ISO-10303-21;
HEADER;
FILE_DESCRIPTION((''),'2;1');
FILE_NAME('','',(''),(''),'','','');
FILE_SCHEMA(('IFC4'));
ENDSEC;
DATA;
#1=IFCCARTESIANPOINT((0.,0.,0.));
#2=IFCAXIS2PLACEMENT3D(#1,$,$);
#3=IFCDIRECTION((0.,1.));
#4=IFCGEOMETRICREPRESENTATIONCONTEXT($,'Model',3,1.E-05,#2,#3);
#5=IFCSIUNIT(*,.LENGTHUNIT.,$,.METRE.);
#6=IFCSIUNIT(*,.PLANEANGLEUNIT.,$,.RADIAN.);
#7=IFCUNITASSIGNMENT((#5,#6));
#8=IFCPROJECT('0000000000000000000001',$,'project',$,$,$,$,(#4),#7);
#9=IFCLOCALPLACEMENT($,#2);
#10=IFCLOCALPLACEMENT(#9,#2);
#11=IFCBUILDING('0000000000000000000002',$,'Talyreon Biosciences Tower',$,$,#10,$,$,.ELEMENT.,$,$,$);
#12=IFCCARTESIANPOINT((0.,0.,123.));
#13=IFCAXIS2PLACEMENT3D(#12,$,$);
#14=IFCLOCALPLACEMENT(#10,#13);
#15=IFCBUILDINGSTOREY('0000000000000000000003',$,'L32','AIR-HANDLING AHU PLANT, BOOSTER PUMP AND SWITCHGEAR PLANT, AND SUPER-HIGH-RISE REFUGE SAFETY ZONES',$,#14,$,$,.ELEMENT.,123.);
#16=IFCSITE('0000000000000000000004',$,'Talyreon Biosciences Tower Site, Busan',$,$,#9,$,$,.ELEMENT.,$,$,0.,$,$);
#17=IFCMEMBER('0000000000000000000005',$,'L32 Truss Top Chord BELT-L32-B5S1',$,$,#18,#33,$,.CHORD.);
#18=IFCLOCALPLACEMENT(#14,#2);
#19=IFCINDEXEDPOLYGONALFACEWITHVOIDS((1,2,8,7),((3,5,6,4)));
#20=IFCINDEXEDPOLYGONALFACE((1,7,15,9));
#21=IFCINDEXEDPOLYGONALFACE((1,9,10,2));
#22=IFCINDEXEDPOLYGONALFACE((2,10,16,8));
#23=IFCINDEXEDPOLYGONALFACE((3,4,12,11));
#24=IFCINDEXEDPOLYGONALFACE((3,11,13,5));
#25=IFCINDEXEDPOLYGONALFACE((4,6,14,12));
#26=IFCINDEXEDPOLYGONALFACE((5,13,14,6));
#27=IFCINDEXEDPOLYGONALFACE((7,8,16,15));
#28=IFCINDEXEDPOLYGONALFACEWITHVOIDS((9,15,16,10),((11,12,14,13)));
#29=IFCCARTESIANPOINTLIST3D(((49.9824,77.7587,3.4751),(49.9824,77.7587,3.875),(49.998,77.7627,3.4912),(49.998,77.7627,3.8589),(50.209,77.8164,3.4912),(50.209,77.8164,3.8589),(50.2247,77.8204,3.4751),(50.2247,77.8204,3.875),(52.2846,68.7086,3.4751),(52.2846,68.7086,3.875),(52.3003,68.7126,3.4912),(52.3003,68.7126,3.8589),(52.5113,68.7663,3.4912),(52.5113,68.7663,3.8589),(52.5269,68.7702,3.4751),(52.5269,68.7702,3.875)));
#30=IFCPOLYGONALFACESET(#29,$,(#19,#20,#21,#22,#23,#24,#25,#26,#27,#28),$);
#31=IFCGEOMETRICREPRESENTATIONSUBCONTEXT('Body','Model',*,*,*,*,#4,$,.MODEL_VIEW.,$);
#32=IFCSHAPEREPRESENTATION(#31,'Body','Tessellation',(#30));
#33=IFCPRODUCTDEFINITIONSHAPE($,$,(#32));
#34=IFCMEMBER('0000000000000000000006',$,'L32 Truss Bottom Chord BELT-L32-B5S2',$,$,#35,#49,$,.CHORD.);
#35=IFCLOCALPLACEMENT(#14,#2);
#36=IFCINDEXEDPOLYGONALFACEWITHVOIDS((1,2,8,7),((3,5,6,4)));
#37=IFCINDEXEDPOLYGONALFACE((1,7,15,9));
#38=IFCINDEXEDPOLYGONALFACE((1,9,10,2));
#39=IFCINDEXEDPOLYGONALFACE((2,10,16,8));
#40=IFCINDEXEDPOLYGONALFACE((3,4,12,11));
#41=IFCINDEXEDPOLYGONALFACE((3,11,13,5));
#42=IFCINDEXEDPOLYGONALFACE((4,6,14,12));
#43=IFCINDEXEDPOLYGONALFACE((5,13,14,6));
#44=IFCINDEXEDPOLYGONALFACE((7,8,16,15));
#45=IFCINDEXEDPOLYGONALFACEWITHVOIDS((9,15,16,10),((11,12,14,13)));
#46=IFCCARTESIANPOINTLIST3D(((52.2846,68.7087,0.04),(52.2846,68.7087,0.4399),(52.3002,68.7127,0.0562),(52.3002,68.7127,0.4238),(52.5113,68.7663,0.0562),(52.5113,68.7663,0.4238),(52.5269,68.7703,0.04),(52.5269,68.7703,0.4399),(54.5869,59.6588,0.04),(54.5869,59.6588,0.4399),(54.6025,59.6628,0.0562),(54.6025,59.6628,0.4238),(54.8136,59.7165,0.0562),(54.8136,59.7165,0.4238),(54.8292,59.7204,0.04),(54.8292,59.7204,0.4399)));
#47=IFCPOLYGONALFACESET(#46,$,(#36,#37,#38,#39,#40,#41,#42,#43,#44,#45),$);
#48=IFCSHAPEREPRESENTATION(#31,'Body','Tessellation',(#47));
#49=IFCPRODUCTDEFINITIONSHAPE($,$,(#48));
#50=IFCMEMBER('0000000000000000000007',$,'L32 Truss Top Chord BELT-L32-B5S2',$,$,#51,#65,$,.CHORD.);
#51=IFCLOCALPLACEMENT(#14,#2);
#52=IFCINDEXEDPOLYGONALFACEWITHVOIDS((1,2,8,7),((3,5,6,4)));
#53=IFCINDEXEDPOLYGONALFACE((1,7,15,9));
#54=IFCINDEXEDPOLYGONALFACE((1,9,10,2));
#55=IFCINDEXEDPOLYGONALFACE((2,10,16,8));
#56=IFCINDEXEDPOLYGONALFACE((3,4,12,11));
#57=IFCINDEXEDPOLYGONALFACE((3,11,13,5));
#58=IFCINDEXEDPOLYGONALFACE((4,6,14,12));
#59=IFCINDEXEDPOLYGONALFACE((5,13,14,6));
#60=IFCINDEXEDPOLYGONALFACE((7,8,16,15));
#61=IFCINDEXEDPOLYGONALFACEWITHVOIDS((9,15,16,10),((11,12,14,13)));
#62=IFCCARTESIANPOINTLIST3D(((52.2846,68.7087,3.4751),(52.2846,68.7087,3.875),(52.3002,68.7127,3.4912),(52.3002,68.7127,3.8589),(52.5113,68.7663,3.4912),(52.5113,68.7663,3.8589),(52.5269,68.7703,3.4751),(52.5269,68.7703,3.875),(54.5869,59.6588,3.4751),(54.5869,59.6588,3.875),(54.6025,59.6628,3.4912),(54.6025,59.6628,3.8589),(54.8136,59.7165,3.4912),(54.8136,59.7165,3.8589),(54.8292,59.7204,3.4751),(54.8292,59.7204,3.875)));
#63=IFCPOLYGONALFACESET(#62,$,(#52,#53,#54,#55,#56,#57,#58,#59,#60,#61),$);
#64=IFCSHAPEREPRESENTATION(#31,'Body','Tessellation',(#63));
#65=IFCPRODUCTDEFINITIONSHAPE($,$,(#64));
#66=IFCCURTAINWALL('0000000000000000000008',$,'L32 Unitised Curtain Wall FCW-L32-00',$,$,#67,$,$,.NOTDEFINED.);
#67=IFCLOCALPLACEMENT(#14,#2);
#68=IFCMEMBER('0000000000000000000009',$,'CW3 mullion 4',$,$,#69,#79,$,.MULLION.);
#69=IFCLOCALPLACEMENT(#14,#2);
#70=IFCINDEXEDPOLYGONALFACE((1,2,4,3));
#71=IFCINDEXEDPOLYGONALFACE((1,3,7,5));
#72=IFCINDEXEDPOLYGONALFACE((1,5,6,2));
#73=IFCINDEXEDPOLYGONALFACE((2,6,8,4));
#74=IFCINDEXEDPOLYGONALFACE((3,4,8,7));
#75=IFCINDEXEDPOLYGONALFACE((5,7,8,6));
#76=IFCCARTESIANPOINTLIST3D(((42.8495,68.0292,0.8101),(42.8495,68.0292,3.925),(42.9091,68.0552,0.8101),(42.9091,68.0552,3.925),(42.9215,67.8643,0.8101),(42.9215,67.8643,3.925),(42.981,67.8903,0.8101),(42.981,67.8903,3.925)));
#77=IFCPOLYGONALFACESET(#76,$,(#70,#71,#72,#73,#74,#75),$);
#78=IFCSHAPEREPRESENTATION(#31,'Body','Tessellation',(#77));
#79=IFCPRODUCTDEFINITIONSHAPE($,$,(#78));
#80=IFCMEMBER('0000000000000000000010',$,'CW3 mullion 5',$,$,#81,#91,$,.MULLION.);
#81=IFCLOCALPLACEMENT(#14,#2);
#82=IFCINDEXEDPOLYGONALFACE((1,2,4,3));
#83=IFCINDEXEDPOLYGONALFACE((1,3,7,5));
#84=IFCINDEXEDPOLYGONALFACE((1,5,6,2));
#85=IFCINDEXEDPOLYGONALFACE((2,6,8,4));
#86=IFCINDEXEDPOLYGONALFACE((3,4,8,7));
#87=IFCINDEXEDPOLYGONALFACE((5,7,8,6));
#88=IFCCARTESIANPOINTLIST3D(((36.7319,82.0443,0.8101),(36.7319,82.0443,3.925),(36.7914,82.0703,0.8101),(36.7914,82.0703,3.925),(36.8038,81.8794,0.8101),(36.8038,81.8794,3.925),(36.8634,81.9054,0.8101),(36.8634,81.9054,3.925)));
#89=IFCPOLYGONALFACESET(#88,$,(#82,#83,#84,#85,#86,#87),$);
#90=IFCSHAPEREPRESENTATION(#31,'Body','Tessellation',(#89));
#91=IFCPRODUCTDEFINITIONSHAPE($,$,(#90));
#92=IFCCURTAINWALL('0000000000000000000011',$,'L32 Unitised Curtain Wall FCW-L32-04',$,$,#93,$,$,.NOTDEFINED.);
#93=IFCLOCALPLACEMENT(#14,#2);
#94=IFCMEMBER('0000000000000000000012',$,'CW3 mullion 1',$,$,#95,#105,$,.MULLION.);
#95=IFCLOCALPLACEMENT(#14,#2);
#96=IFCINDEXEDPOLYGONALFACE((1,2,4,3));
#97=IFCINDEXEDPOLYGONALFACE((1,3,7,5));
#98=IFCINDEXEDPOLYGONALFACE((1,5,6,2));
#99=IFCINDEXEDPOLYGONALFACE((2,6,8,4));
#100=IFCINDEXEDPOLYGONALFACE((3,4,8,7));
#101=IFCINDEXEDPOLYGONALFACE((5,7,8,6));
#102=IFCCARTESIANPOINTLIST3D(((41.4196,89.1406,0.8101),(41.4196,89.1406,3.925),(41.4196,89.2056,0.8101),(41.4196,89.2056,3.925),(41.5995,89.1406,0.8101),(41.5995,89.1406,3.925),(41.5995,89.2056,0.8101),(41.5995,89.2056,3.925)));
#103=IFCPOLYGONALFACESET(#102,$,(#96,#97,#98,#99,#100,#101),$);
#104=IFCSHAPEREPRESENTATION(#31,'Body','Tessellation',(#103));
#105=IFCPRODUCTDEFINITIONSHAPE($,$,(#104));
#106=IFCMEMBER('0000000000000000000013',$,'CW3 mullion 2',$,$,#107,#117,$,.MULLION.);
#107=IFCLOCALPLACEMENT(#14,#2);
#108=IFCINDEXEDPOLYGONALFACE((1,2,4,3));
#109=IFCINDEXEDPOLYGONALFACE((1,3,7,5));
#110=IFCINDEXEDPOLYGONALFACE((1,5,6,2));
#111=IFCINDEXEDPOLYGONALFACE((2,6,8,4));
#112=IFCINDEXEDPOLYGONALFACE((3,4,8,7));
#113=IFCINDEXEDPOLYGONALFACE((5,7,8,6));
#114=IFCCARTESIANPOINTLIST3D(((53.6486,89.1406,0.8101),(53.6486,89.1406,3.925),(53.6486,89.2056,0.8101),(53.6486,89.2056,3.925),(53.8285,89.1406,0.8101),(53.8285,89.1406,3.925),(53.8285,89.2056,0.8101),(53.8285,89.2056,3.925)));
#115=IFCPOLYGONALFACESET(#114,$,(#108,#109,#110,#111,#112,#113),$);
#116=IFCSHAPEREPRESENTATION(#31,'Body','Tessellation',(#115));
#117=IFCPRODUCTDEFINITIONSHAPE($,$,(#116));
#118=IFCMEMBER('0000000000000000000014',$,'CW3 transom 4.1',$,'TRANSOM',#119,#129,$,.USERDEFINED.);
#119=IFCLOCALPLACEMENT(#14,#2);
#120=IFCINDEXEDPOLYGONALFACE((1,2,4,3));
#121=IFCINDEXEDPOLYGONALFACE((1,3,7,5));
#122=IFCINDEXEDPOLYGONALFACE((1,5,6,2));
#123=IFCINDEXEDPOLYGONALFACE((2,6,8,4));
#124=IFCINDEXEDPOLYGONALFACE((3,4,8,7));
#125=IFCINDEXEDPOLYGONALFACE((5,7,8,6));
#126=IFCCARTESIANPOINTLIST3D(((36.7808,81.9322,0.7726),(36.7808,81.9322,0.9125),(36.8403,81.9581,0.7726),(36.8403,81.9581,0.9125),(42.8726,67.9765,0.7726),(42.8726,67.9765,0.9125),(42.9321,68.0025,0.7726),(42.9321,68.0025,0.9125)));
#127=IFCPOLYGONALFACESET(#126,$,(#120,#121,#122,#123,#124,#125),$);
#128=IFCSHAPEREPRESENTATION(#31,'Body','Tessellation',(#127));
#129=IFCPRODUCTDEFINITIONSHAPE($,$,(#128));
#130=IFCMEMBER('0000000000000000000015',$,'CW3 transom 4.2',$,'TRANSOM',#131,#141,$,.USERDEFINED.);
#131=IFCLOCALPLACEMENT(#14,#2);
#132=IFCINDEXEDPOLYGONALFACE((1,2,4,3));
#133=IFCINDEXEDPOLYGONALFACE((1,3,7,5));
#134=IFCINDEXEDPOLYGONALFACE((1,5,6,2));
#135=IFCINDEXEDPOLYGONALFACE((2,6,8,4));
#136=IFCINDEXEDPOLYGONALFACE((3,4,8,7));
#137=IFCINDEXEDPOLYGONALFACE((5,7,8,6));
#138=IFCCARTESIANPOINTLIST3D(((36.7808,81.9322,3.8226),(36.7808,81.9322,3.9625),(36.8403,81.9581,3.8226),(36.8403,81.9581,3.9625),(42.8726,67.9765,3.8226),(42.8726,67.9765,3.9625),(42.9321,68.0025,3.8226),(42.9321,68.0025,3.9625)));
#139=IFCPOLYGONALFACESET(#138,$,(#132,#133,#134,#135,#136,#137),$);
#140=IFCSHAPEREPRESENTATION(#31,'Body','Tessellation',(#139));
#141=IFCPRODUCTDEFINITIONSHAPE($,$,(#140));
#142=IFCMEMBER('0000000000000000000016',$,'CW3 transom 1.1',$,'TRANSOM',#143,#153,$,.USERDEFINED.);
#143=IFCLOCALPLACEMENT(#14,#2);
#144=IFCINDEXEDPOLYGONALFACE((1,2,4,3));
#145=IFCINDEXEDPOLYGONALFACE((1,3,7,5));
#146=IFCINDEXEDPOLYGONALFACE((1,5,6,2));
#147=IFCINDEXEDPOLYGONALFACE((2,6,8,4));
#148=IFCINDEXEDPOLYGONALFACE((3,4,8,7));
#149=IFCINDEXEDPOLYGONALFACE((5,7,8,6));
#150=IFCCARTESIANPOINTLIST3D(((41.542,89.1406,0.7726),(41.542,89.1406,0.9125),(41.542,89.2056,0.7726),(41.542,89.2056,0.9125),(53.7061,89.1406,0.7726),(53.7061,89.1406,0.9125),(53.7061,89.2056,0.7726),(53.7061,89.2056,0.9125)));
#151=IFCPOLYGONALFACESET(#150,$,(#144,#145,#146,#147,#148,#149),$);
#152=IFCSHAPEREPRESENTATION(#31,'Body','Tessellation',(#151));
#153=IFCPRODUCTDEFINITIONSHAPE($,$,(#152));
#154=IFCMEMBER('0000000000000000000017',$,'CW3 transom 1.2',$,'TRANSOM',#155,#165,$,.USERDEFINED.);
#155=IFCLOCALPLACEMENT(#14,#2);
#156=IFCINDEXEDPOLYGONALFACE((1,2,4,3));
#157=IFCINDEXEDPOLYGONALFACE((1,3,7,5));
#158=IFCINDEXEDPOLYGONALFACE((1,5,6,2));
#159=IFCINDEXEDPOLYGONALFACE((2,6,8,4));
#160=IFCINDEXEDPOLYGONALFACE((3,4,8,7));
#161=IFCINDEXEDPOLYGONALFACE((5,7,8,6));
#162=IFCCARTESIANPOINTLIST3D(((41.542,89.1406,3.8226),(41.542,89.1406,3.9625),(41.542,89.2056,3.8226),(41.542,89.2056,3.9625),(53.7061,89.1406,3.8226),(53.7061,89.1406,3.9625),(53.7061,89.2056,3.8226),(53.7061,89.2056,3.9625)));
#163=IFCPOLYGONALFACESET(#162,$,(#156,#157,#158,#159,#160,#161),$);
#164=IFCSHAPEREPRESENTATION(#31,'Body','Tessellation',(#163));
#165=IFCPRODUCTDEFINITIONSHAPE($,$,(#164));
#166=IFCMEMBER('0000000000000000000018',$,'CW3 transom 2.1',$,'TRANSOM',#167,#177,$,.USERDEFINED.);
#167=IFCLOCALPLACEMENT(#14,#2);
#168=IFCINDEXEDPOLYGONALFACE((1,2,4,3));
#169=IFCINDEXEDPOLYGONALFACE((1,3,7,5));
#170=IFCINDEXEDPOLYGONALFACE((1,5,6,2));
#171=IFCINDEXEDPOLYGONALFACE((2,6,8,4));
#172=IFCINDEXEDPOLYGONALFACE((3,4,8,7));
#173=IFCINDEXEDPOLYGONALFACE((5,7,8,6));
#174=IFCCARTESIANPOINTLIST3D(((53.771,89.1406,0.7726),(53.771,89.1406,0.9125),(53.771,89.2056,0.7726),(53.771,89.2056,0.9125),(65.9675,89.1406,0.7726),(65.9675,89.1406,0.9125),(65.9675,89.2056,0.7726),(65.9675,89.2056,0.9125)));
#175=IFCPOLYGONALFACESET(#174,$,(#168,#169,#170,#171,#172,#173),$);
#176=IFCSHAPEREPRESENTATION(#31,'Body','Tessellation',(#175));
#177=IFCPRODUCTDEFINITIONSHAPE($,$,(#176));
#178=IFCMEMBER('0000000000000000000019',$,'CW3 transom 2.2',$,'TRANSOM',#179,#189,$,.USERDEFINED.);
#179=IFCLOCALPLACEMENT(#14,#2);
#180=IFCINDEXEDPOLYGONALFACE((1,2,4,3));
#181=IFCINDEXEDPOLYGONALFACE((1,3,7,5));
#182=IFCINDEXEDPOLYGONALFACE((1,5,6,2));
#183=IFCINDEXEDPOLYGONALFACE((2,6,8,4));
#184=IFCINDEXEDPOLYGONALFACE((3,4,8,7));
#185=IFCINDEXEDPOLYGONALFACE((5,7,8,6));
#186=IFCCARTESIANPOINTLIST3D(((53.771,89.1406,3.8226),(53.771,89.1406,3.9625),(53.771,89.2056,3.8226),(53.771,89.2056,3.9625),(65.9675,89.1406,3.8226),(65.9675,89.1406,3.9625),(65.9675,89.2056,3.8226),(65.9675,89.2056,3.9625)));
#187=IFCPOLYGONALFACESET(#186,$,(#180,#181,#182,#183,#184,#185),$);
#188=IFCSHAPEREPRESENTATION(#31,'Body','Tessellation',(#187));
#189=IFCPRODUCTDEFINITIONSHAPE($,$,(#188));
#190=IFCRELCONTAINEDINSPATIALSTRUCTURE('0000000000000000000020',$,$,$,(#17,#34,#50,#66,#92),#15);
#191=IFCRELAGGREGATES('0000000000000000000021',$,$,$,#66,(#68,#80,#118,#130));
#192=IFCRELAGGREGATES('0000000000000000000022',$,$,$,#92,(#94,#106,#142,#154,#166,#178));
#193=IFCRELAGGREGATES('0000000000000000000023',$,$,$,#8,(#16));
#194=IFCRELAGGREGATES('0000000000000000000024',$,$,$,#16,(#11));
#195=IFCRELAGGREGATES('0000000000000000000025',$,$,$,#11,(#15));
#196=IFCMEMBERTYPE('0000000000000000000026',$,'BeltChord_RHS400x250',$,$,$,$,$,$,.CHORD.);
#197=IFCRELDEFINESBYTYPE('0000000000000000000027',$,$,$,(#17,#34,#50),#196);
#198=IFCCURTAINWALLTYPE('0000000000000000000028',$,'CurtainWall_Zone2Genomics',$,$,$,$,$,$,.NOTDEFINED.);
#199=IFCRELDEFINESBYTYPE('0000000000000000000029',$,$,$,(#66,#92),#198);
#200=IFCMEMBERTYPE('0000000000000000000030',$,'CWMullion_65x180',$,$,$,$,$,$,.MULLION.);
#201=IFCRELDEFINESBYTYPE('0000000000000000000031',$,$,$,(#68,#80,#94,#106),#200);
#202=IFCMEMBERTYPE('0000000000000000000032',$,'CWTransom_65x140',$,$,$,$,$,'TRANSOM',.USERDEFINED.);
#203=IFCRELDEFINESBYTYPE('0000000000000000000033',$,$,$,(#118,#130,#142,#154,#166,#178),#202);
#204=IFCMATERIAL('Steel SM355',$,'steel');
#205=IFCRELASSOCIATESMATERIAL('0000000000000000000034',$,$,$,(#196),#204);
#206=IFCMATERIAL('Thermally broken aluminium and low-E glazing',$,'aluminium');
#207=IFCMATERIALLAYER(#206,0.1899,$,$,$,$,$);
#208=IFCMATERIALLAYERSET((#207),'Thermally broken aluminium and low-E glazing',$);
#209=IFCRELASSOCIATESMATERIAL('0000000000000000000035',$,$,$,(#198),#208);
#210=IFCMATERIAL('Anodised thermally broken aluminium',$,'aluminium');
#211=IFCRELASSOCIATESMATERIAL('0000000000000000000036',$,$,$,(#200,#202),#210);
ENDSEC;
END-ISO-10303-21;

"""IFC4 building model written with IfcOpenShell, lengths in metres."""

from ifc_helpers import new_model, si_unit, direction, frame, origin, origin_2d, place, context, subcontext, project, spatial, rectangle, hollow_rectangle, extrude, material, layer, layer_set, material_profile, profile_set, type_object, element, aggregate, save


model = new_model("IFC4")

# Units and contexts
model_context = context("Model", 3, precision=1e-05, world=origin(), true_north=direction((0.0, 1.0)))
body_context = subcontext(model_context, "Body", "Model", "MODEL_VIEW")
ifc_project = project(units=[si_unit("LENGTHUNIT", "METRE"), si_unit("PLANEANGLEUNIT", "RADIAN")], contexts=[model_context])

# Site, building, storey
site_placement = place(None, origin())
site = spatial("IfcSite", under=ifc_project, at=site_placement, Name="Talyreon Biosciences Tower Site, Busan", CompositionType="ELEMENT", RefElevation=0.0)
building_placement = place(site_placement, origin())
building = spatial("IfcBuilding", under=site, at=building_placement, Name="Talyreon Biosciences Tower", CompositionType="ELEMENT")
storey_placement = place(building_placement, frame((0.0, 0.0, 123.0)))
storey = spatial("IfcBuildingStorey", under=building, at=storey_placement, Name="L32", Description="AIR-HANDLING AHU PLANT, BOOSTER PUMP AND SWITCHGEAR PLANT, AND SUPER-HIGH-RISE REFUGE SAFETY ZONES", CompositionType="ELEMENT", Elevation=123.0)

# Members
ifc_material_1 = material(Name="Steel SM355", Category="steel")
ifc_material_profile_1 = material_profile(ifc_material_1, hollow_rectangle(XDim=0.25, YDim=0.3999, WallThickness=0.0161, at=origin_2d()), Name="RHS 400x250x16")
ifc_profile_set_1 = profile_set([ifc_material_profile_1], Name="Steel SM355")
member_type_1 = type_object("IfcMemberType", Name="BeltChord_RHS400x250", PredefinedType="CHORD", material=ifc_profile_set_1)
for number, where, z_axis, x_axis, name in (
    (1, (50.1035, 77.7896, 3.675), (0.246538, -0.969133, 0.0), (0.969133, 0.246538, 0.0), "L32 Truss Top Chord BELT-L32-B5S1"),
):
    element("IfcMember", number, at=place(storey_placement, frame(where, z_axis=z_axis, x_axis=x_axis)), inside=storey, type_object=member_type_1, Name=name, PredefinedType="CHORD", context=body_context, shape_type="SweptSolid", body=[
        extrude(hollow_rectangle(XDim=0.25, YDim=0.3999, WallThickness=0.0161, at=origin_2d()), origin(), (0.0, 0.0, 1.0), 9.3384),
    ])
for number, where, z_axis, x_axis, name in (
    (2, (52.4058, 68.7395, 0.24), (0.246544, -0.969131, 0.0), (0.969131, 0.246544, 0.0), "L32 Truss Bottom Chord BELT-L32-B5S2"),
    (3, (52.4058, 68.7395, 3.675), (0.246544, -0.969131, 0.0), (0.969131, 0.246544, 0.0), "L32 Truss Top Chord BELT-L32-B5S2"),
):
    element("IfcMember", number, at=place(storey_placement, frame(where, z_axis=z_axis, x_axis=x_axis)), inside=storey, type_object=member_type_1, Name=name, PredefinedType="CHORD", context=body_context, shape_type="SweptSolid", body=[
        extrude(hollow_rectangle(XDim=0.25, YDim=0.3999, WallThickness=0.0161, at=origin_2d()), origin(), (0.0, 0.0, 1.0), 9.3381),
    ])

# Curtain walls, members
ifc_material_2 = material(Name="Thermally broken aluminium and low-E glazing", Category="aluminium")
ifc_layer_1 = layer(ifc_material_2, 0.1899)
ifc_layer_set_1 = layer_set([ifc_layer_1], Name="Thermally broken aluminium and low-E glazing")
curtain_wall_type = type_object("IfcCurtainWallType", Name="CurtainWall_Zone2Genomics", PredefinedType="NOTDEFINED", material=ifc_layer_set_1)
curtain_wall_1_placement = place(storey_placement, origin())
curtain_wall_1 = element("IfcCurtainWall", 4, at=curtain_wall_1_placement, inside=storey, type_object=curtain_wall_type, Name="L32 Unitised Curtain Wall FCW-L32-00", PredefinedType="NOTDEFINED")
ifc_material_3 = material(Name="Anodised thermally broken aluminium", Category="aluminium")
ifc_material_profile_2 = material_profile(ifc_material_3, rectangle(XDim=0.0649, YDim=0.1799, at=origin_2d()), Name="ALUM MULLION 65x180")
ifc_profile_set_2 = profile_set([ifc_material_profile_2], Name="Anodised thermally broken aluminium")
member_type_2 = type_object("IfcMemberType", Name="CWMullion_65x180", PredefinedType="MULLION", material=ifc_profile_set_2)
member_1_placement = place(storey_placement, frame((42.9153, 67.9597, 0.8101), z_axis=(0.0, 0.0, 1.0), x_axis=(-0.91649, -0.400058, 0.0)))
member_1 = element("IfcMember", 5, at=member_1_placement, type_object=member_type_2, Name="CW3 mullion 4", PredefinedType="MULLION", context=body_context, shape_type="SweptSolid", body=[
    extrude(rectangle(XDim=0.0649, YDim=0.1799, at=origin_2d()), origin(), (0.0, 0.0, 1.0), 3.115),
])
member_2_placement = place(storey_placement, frame((36.7976, 81.9749, 0.8101), z_axis=(0.0, 0.0, 1.0), x_axis=(-0.91649, -0.400058, 0.0)))
member_2 = element("IfcMember", 6, at=member_2_placement, type_object=member_type_2, Name="CW3 mullion 5", PredefinedType="MULLION", context=body_context, shape_type="SweptSolid", body=[
    extrude(rectangle(XDim=0.0649, YDim=0.1799, at=origin_2d()), origin(), (0.0, 0.0, 1.0), 3.115),
])
curtain_wall_2_placement = place(storey_placement, origin())
curtain_wall_2 = element("IfcCurtainWall", 7, at=curtain_wall_2_placement, inside=storey, type_object=curtain_wall_type, Name="L32 Unitised Curtain Wall FCW-L32-04", PredefinedType="NOTDEFINED")
member_3_placement = place(storey_placement, frame((41.5095, 89.1731, 0.8101), z_axis=(0.0, 0.0, 1.0), x_axis=(0.0, 1.0, 0.0)))
member_3 = element("IfcMember", 8, at=member_3_placement, type_object=member_type_2, Name="CW3 mullion 1", PredefinedType="MULLION", context=body_context, shape_type="SweptSolid", body=[
    extrude(rectangle(XDim=0.0649, YDim=0.1799, at=origin_2d()), origin(), (0.0, 0.0, 1.0), 3.115),
])
member_4_placement = place(storey_placement, frame((53.7385, 89.1731, 0.8101), z_axis=(0.0, 0.0, 1.0), x_axis=(0.0, 1.0, 0.0)))
member_4 = element("IfcMember", 9, at=member_4_placement, type_object=member_type_2, Name="CW3 mullion 2", PredefinedType="MULLION", context=body_context, shape_type="SweptSolid", body=[
    extrude(rectangle(XDim=0.0649, YDim=0.1799, at=origin_2d()), origin(), (0.0, 0.0, 1.0), 3.115),
])

# Members
ifc_material_profile_3 = material_profile(ifc_material_3, rectangle(XDim=0.0649, YDim=0.1399, at=origin_2d()), Name="ALUM TRANSOM 65x140")
ifc_profile_set_3 = profile_set([ifc_material_profile_3], Name="Anodised thermally broken aluminium")
member_type_3 = type_object("IfcMemberType", Name="CWTransom_65x140", ElementType="TRANSOM", PredefinedType="USERDEFINED", material=ifc_profile_set_3)
member_5_placement = place(storey_placement, frame((42.9023, 67.9895, 0.8425), z_axis=(-0.40006, 0.916489, 0.0), x_axis=(-0.916489, -0.40006, 0.0)))
member_5 = element("IfcMember", 10, at=member_5_placement, type_object=member_type_3, Name="CW3 transom 4.1", ObjectType="TRANSOM", PredefinedType="USERDEFINED", context=body_context, shape_type="SweptSolid", body=[
    extrude(rectangle(XDim=0.0649, YDim=0.1399, at=origin_2d()), origin(), (0.0, 0.0, 1.0), 15.2273),
])
member_6_placement = place(storey_placement, frame((42.9023, 67.9895, 3.8926), z_axis=(-0.40006, 0.916489, 0.0), x_axis=(-0.916489, -0.40006, 0.0)))
member_6 = element("IfcMember", 11, at=member_6_placement, type_object=member_type_3, Name="CW3 transom 4.2", ObjectType="TRANSOM", PredefinedType="USERDEFINED", context=body_context, shape_type="SweptSolid", body=[
    extrude(rectangle(XDim=0.0649, YDim=0.1399, at=origin_2d()), origin(), (0.0, 0.0, 1.0), 15.2273),
])
member_7_placement = place(storey_placement, frame((41.542, 89.1731, 0.8425), z_axis=(1.0, 0.0, 0.0), x_axis=(0.0, 1.0, 0.0)))
member_7 = element("IfcMember", 12, at=member_7_placement, type_object=member_type_3, Name="CW3 transom 1.1", ObjectType="TRANSOM", PredefinedType="USERDEFINED", context=body_context, shape_type="SweptSolid", body=[
    extrude(rectangle(XDim=0.0649, YDim=0.1399, at=origin_2d()), origin(), (0.0, 0.0, 1.0), 12.1641),
])
member_8_placement = place(storey_placement, frame((41.542, 89.1731, 3.8926), z_axis=(1.0, 0.0, 0.0), x_axis=(0.0, 1.0, 0.0)))
member_8 = element("IfcMember", 13, at=member_8_placement, type_object=member_type_3, Name="CW3 transom 1.2", ObjectType="TRANSOM", PredefinedType="USERDEFINED", context=body_context, shape_type="SweptSolid", body=[
    extrude(rectangle(XDim=0.0649, YDim=0.1399, at=origin_2d()), origin(), (0.0, 0.0, 1.0), 12.1641),
])
member_9_placement = place(storey_placement, frame((53.771, 89.1731, 0.8425), z_axis=(1.0, 0.0, 0.0), x_axis=(0.0, 1.0, 0.0)))
member_9 = element("IfcMember", 14, at=member_9_placement, type_object=member_type_3, Name="CW3 transom 2.1", ObjectType="TRANSOM", PredefinedType="USERDEFINED", context=body_context, shape_type="SweptSolid", body=[
    extrude(rectangle(XDim=0.0649, YDim=0.1399, at=origin_2d()), origin(), (0.0, 0.0, 1.0), 12.1965),
])
member_10_placement = place(storey_placement, frame((53.771, 89.1731, 3.8926), z_axis=(1.0, 0.0, 0.0), x_axis=(0.0, 1.0, 0.0)))
member_10 = element("IfcMember", 15, at=member_10_placement, type_object=member_type_3, Name="CW3 transom 2.2", ObjectType="TRANSOM", PredefinedType="USERDEFINED", context=body_context, shape_type="SweptSolid", body=[
    extrude(rectangle(XDim=0.0649, YDim=0.1399, at=origin_2d()), origin(), (0.0, 0.0, 1.0), 12.1965),
])

aggregate(curtain_wall_1, [member_1, member_2, member_5, member_6])
aggregate(curtain_wall_2, [member_3, member_4, member_7, member_8, member_9, member_10])

save(model, "model.ifc")
